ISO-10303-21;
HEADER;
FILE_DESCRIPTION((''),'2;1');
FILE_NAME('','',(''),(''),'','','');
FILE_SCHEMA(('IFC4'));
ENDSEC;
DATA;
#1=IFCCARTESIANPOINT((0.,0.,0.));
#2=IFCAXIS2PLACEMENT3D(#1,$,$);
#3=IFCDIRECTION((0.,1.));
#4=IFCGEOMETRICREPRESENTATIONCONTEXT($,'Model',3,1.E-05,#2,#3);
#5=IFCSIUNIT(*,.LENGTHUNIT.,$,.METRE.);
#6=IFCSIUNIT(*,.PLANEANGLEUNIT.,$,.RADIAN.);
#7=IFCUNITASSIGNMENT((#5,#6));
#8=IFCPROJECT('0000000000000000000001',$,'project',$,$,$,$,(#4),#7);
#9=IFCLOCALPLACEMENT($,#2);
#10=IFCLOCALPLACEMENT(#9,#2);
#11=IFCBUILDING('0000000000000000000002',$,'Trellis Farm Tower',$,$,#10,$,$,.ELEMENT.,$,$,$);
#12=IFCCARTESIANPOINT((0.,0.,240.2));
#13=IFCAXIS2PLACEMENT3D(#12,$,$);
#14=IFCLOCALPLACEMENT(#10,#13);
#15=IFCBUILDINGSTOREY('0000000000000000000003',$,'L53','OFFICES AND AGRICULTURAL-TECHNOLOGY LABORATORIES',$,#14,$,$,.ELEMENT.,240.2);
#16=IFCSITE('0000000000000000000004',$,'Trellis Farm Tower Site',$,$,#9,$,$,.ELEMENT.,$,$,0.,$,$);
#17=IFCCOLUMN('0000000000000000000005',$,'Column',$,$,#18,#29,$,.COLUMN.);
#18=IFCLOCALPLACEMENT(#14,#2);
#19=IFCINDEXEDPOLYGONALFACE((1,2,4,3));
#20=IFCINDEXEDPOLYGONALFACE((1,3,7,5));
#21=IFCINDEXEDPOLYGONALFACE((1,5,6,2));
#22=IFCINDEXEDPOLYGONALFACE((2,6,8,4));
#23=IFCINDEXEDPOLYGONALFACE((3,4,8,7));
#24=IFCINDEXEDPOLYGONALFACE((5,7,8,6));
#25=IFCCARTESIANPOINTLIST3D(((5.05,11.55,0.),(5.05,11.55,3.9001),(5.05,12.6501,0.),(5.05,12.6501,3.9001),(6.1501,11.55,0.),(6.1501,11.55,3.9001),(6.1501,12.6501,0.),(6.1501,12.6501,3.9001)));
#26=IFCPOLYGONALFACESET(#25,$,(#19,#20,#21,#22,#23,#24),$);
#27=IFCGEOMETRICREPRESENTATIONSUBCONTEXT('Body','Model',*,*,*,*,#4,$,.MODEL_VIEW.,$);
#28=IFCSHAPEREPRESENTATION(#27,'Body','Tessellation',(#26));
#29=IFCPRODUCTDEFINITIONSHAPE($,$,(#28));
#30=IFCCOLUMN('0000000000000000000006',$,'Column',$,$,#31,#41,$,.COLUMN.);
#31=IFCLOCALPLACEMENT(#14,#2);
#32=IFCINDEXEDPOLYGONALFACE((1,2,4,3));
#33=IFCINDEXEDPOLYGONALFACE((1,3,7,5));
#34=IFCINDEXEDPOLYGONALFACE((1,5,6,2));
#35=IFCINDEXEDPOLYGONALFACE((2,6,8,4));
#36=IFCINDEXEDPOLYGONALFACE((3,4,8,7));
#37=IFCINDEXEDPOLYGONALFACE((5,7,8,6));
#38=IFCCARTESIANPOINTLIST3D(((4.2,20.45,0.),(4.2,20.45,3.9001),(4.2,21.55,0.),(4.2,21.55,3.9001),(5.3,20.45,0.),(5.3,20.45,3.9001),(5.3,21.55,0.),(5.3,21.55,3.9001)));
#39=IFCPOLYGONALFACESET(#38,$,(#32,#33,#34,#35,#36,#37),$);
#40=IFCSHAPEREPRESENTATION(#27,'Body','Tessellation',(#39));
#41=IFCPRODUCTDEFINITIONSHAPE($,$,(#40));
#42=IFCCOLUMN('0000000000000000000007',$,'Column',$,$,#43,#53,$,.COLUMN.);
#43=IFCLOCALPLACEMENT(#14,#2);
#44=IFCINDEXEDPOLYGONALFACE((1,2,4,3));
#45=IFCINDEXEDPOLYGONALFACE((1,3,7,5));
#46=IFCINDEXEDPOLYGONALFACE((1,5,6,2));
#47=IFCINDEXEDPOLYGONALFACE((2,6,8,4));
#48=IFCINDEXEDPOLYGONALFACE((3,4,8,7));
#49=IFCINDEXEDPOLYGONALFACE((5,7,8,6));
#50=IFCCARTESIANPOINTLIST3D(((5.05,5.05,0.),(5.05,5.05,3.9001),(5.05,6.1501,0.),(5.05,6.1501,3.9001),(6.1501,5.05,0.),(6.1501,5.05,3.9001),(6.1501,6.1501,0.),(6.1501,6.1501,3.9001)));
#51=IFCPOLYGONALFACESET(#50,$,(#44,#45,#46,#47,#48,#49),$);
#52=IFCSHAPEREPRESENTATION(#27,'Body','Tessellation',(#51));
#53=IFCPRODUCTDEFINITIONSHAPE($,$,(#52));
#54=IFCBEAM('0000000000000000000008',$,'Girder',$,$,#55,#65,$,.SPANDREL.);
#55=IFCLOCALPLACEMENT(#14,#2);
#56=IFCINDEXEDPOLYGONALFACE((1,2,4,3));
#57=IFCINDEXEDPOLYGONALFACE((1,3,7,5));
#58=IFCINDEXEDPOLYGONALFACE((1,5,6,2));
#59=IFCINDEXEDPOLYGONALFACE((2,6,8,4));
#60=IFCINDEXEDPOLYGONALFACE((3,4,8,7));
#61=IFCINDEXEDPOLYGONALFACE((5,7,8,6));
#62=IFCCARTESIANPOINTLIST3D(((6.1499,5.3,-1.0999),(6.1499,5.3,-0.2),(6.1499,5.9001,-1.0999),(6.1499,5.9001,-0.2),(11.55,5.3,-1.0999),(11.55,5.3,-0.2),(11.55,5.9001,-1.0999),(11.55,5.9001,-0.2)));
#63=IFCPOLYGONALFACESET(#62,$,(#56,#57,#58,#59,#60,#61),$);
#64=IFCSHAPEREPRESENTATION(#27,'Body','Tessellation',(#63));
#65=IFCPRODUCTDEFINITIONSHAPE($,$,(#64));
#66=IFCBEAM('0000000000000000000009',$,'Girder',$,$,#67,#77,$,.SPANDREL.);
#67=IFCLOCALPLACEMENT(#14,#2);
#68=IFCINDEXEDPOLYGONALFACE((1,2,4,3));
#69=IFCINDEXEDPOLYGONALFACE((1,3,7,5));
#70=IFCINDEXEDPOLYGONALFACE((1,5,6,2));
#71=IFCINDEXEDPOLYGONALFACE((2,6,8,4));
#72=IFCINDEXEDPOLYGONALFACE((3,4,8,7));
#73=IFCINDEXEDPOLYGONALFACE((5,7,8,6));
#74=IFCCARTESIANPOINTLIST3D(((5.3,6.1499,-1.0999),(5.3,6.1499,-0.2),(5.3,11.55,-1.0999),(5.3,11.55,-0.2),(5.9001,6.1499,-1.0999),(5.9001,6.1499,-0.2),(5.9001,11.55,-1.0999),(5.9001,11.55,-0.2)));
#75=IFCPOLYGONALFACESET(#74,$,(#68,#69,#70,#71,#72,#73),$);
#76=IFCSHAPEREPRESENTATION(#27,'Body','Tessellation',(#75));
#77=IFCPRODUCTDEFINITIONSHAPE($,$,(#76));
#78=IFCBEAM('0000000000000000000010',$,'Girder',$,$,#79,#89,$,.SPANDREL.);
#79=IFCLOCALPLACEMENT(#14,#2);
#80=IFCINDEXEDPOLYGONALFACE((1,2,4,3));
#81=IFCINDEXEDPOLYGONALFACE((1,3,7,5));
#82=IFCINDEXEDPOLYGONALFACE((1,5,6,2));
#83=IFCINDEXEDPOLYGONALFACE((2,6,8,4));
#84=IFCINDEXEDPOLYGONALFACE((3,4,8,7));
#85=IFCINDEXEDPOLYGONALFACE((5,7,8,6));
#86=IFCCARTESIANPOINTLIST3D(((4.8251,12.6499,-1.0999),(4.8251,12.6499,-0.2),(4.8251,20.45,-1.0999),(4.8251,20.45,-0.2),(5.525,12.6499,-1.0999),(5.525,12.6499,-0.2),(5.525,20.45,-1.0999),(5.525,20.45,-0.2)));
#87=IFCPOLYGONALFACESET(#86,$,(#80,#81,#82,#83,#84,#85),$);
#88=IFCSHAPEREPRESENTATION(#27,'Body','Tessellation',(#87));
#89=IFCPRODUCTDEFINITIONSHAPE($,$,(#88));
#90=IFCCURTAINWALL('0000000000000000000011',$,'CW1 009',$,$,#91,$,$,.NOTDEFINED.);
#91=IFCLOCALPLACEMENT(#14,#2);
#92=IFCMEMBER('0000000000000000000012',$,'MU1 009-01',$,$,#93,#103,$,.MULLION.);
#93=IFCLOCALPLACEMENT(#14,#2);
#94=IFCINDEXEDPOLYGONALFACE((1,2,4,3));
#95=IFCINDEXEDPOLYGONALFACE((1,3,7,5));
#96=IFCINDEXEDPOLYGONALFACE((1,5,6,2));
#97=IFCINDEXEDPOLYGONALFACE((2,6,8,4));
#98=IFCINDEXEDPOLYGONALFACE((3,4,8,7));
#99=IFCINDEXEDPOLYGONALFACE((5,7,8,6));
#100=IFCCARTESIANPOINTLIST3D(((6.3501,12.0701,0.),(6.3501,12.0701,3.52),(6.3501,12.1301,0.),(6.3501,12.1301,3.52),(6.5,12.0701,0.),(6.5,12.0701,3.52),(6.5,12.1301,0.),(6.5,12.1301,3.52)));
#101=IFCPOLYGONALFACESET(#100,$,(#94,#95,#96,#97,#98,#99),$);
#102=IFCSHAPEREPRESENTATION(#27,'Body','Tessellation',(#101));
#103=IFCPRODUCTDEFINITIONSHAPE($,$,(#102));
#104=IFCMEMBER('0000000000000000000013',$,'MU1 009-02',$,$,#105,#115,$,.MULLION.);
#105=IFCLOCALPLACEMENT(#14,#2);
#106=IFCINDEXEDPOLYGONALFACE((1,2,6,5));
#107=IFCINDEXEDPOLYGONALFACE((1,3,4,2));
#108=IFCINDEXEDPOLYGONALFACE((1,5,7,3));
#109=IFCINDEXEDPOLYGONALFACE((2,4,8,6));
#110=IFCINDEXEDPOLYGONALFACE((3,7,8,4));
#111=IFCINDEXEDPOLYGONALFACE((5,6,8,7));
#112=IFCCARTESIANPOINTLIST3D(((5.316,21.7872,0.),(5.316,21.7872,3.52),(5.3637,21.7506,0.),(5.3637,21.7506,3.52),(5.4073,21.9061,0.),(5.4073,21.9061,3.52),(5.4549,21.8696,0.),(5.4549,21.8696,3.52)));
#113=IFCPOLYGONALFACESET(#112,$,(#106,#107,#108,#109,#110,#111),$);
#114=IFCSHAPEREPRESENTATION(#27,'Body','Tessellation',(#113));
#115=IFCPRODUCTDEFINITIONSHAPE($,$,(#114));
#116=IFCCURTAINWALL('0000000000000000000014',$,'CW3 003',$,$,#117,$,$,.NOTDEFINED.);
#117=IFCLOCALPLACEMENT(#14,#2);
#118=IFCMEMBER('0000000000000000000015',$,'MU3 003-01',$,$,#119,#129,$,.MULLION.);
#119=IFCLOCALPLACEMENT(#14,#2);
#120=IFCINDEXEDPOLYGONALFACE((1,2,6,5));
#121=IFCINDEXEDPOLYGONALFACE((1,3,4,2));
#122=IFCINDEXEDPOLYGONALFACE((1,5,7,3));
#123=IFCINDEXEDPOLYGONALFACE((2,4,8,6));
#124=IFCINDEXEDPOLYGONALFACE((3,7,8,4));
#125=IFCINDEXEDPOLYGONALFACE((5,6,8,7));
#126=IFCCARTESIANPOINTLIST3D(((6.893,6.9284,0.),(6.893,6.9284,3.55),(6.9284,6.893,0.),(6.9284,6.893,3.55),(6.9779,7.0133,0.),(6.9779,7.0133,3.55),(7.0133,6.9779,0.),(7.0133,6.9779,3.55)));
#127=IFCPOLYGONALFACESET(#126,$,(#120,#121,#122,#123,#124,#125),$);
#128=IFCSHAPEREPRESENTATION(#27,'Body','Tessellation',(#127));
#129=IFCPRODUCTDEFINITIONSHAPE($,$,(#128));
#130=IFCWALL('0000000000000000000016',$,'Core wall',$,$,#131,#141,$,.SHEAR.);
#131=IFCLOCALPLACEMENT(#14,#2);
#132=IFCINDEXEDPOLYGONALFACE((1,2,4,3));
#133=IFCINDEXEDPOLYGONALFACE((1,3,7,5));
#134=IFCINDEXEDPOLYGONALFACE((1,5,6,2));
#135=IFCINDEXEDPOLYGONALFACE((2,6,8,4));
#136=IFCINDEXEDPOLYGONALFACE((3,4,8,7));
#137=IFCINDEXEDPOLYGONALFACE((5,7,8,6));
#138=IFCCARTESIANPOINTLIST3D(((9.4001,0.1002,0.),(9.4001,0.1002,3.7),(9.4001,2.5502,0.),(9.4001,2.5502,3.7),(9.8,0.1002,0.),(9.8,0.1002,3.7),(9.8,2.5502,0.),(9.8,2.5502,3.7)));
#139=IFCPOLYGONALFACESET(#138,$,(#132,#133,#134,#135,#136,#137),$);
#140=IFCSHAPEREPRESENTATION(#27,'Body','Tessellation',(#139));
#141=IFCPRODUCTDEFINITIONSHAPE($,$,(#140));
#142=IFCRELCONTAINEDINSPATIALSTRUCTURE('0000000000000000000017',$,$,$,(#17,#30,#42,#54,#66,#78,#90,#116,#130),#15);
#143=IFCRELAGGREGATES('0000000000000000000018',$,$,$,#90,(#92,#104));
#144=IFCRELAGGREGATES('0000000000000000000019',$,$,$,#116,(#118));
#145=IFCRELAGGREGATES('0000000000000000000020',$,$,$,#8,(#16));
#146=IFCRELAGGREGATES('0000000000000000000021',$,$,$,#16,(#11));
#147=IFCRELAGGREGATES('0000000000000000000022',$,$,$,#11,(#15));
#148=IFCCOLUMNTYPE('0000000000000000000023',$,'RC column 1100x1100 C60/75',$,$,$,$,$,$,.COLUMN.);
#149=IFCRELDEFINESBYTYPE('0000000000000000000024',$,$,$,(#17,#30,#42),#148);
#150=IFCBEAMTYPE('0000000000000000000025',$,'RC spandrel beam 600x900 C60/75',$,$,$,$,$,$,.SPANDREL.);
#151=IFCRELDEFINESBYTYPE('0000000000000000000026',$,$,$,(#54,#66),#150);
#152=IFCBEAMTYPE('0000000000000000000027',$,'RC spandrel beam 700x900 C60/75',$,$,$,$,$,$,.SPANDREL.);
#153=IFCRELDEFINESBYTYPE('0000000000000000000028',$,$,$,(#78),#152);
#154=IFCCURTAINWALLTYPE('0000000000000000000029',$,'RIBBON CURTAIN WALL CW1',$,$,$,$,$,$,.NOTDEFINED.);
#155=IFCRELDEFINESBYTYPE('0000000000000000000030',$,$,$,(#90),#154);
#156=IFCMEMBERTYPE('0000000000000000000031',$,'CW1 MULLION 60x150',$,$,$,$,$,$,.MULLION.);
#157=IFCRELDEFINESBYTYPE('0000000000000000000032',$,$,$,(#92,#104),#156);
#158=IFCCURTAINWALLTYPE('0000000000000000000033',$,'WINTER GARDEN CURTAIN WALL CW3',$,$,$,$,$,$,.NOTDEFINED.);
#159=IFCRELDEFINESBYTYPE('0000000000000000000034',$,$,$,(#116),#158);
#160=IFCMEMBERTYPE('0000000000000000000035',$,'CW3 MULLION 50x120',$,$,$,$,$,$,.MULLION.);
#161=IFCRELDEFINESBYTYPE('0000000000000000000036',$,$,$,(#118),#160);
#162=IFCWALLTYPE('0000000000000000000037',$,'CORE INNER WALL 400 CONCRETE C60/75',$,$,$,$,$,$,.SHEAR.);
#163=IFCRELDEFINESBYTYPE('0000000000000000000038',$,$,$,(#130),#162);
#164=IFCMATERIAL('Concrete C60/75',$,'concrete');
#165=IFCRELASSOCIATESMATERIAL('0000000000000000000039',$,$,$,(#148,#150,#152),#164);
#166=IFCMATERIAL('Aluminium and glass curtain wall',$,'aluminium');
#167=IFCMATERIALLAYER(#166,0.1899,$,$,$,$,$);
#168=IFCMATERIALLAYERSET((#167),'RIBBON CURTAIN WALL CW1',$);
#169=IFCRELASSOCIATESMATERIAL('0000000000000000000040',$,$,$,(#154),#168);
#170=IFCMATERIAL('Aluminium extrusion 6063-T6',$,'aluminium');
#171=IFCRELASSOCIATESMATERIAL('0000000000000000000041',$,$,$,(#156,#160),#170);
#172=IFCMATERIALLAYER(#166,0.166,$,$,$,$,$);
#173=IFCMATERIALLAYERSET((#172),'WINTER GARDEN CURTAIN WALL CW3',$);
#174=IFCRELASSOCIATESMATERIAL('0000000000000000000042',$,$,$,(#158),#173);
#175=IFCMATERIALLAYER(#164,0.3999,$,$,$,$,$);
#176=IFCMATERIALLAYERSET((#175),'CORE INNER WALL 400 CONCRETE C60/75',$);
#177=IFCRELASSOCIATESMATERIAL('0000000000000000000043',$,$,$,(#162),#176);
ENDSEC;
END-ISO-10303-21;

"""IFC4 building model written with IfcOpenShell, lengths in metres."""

from ifc_helpers import new_model, si_unit, direction, frame, frame_2d, origin, origin_2d, place, context, subcontext, project, spatial, rectangle, extrude, source, transform, mapped, material, layer, layer_set, material_profile, profile_set, type_object, element, aggregate, save


model = new_model("IFC4")

# Units and contexts
model_context = context("Model", 3, precision=1e-05, world=origin(), true_north=direction((0.0, 1.0)))
body_context = subcontext(model_context, "Body", "Model", "MODEL_VIEW")
ifc_project = project(units=[si_unit("LENGTHUNIT", "METRE"), si_unit("PLANEANGLEUNIT", "RADIAN")], contexts=[model_context])

# Site, building, storey
site_placement = place(None, origin())
site = spatial("IfcSite", under=ifc_project, at=site_placement, Name="Trellis Farm Tower Site", CompositionType="ELEMENT", RefElevation=0.0)
building_placement = place(site_placement, origin())
building = spatial("IfcBuilding", under=site, at=building_placement, Name="Trellis Farm Tower", CompositionType="ELEMENT")
storey_placement = place(building_placement, frame((0.0, 0.0, 240.2)))
storey = spatial("IfcBuildingStorey", under=building, at=storey_placement, Name="L53", Description="OFFICES AND AGRICULTURAL-TECHNOLOGY LABORATORIES", CompositionType="ELEMENT", Elevation=240.2)

# Columns
ifc_material_1 = material(Name="Concrete C60/75", Category="concrete")
ifc_material_profile_1 = material_profile(ifc_material_1, rectangle(XDim=1.1001, YDim=1.1001, at=origin_2d()), Name="RC column 1100x1100 C60/75")
ifc_profile_set_1 = profile_set([ifc_material_profile_1], Name="Concrete C60/75")
column_type = type_object("IfcColumnType", Name="RC column 1100x1100 C60/75", PredefinedType="COLUMN", material=ifc_profile_set_1)
shared_shape_1 = source(origin(), body_context, "Body", "SweptSolid", [
    extrude(rectangle(XDim=1.1001, YDim=1.1001, at=origin_2d()), origin(), (0.0, 0.0, 1.0), 3.9001),
])
for number, where, z_axis, x_axis, name in (
    (1, (5.6001, 12.1001, 0.0), (0.0, 0.0, 1.0), (1.0, 0.0, 0.0), "Column"),
    (2, (4.75, 21.0, 0.0), (0.0, 0.0, 1.0), (1.0, 0.0, 0.0), "Column"),
    (3, (5.6001, 5.6001, 0.0), (0.0, 0.0, 1.0), (1.0, 0.0, 0.0), "Column"),
):
    element("IfcColumn", number, at=place(storey_placement, frame(where, z_axis=z_axis, x_axis=x_axis)), inside=storey, type_object=column_type, Name=name, PredefinedType="COLUMN", context=body_context, shape_type="MappedRepresentation", body=[
        mapped(shared_shape_1, transform((0.0, 0.0, 0.0))),
    ])

# Beams
ifc_material_profile_2 = material_profile(ifc_material_1, rectangle(XDim=0.6001, YDim=0.8999, at=origin_2d()), Name="RC spandrel beam 600x900 C60/75")
ifc_profile_set_2 = profile_set([ifc_material_profile_2], Name="Concrete C60/75")
beam_type_1 = type_object("IfcBeamType", Name="RC spandrel beam 600x900 C60/75", PredefinedType="SPANDREL", material=ifc_profile_set_2)
shared_shape_2 = source(origin(), body_context, "Body", "SweptSolid", [
    extrude(rectangle(XDim=0.6001, YDim=0.8999, at=origin_2d()), origin(), (0.0, 0.0, 1.0), 5.4001),
])
for number, where, z_axis, x_axis, name in (
    (4, (6.1499, 5.6001, -0.6499), (1.0, 0.0, 0.0), (0.0, 1.0, 0.0), "Girder"),
    (5, (5.6001, 6.1499, -0.6499), (0.0, 1.0, 0.0), (-1.0, 0.0, 0.0), "Girder"),
):
    element("IfcBeam", number, at=place(storey_placement, frame(where, z_axis=z_axis, x_axis=x_axis)), inside=storey, type_object=beam_type_1, Name=name, PredefinedType="SPANDREL", context=body_context, shape_type="MappedRepresentation", body=[
        mapped(shared_shape_2, transform((0.0, 0.0, 0.0))),
    ])
ifc_material_profile_3 = material_profile(ifc_material_1, rectangle(XDim=0.7, YDim=0.8999, at=origin_2d()), Name="RC spandrel beam 700x900 C60/75")
ifc_profile_set_3 = profile_set([ifc_material_profile_3], Name="Concrete C60/75")
beam_type_2 = type_object("IfcBeamType", Name="RC spandrel beam 700x900 C60/75", PredefinedType="SPANDREL", material=ifc_profile_set_3)
shared_shape_3 = source(origin(), body_context, "Body", "SweptSolid", [
    extrude(rectangle(XDim=0.7, YDim=0.8999, at=origin_2d()), origin(), (0.0, 0.0, 1.0), 7.8),
])
beam_placement = place(storey_placement, frame((5.175, 12.6499, -0.6499), z_axis=(0.0, 1.0, 0.0), x_axis=(-1.0, 0.0, 0.0)))
element("IfcBeam", 6, at=beam_placement, inside=storey, type_object=beam_type_2, Name="Girder", PredefinedType="SPANDREL", context=body_context, shape_type="MappedRepresentation", body=[
    mapped(shared_shape_3, transform((0.0, 0.0, 0.0))),
])

# Curtain wall, members
ifc_material_2 = material(Name="Aluminium and glass curtain wall", Category="aluminium")
ifc_layer_1 = layer(ifc_material_2, 0.1899)
ifc_layer_set_1 = layer_set([ifc_layer_1], Name="RIBBON CURTAIN WALL CW1")
curtain_wall_type_1 = type_object("IfcCurtainWallType", Name="RIBBON CURTAIN WALL CW1", PredefinedType="NOTDEFINED", material=ifc_layer_set_1)
placement = place(storey_placement, origin())
curtain_wall_1 = element("IfcCurtainWall", 7, at=placement, inside=storey, type_object=curtain_wall_type_1, Name="CW1 009", PredefinedType="NOTDEFINED")
ifc_material_3 = material(Name="Aluminium extrusion 6063-T6", Category="aluminium")
ifc_material_profile_4 = material_profile(ifc_material_3, rectangle(XDim=0.0601, YDim=0.1499, at=origin_2d()), Name="MULLION 60x150")
ifc_profile_set_4 = profile_set([ifc_material_profile_4], Name="Aluminium extrusion 6063-T6")
member_type_1 = type_object("IfcMemberType", Name="CW1 MULLION 60x150", PredefinedType="MULLION", material=ifc_profile_set_4)
shared_shape_4 = source(origin(), body_context, "Body", "SweptSolid", [
    extrude(rectangle(XDim=0.0601, YDim=0.1499, at=origin_2d()), origin(), (0.0, 0.0, 1.0), 3.52),
])
member_1_placement = place(storey_placement, frame((6.425, 12.1001, 0.0), z_axis=(0.0, 0.0, 1.0), x_axis=(0.0, 1.0, 0.0)))
member_1 = element("IfcMember", 8, at=member_1_placement, type_object=member_type_1, Name="MU1 009-01", PredefinedType="MULLION", context=body_context, shape_type="MappedRepresentation", body=[
    mapped(shared_shape_4, transform((0.0, 0.0, 0.0))),
])
member_2_placement = place(storey_placement, frame((5.3855, 21.8284, 0.0), z_axis=(0.0, 0.0, 1.0), x_axis=(-0.793353, 0.608761, 0.0)))
member_2 = element("IfcMember", 9, at=member_2_placement, type_object=member_type_1, Name="MU1 009-02", PredefinedType="MULLION", context=body_context, shape_type="MappedRepresentation", body=[
    mapped(shared_shape_4, transform((0.0, 0.0, 0.0))),
])
aggregate(curtain_wall_1, [member_1, member_2])

# Curtain wall, member
ifc_layer_2 = layer(ifc_material_2, 0.166)
ifc_layer_set_2 = layer_set([ifc_layer_2], Name="WINTER GARDEN CURTAIN WALL CW3")
curtain_wall_type_2 = type_object("IfcCurtainWallType", Name="WINTER GARDEN CURTAIN WALL CW3", PredefinedType="NOTDEFINED", material=ifc_layer_set_2)
curtain_wall_2 = element("IfcCurtainWall", 10, at=placement, inside=storey, type_object=curtain_wall_type_2, Name="CW3 003", PredefinedType="NOTDEFINED")
ifc_material_profile_5 = material_profile(ifc_material_3, rectangle(XDim=0.05, YDim=0.1201, at=origin_2d()), Name="MULLION 50x120")
ifc_profile_set_5 = profile_set([ifc_material_profile_5], Name="Aluminium extrusion 6063-T6")
member_type_2 = type_object("IfcMemberType", Name="CW3 MULLION 50x120", PredefinedType="MULLION", material=ifc_profile_set_5)
shared_shape_5 = source(origin(), body_context, "Body", "SweptSolid", [
    extrude(rectangle(XDim=0.05, YDim=0.1201, at=origin_2d()), origin(), (0.0, 0.0, 1.0), 3.55),
])
member_3_placement = place(storey_placement, frame((6.9531, 6.9531, 0.0), z_axis=(0.0, 0.0, 1.0), x_axis=(-0.707107, 0.707107, 0.0)))
member_3 = element("IfcMember", 11, at=member_3_placement, type_object=member_type_2, Name="MU3 003-01", PredefinedType="MULLION", context=body_context, shape_type="MappedRepresentation", body=[
    mapped(shared_shape_5, transform((0.0, 0.0, 0.0))),
])
aggregate(curtain_wall_2, [member_3])

# Wall
ifc_layer_3 = layer(ifc_material_1, 0.3999)
ifc_layer_set_3 = layer_set([ifc_layer_3], Name="CORE INNER WALL 400 CONCRETE C60/75")
wall_type_1 = type_object("IfcWallType", Name="CORE INNER WALL 400 CONCRETE C60/75", PredefinedType="SHEAR", material=ifc_layer_set_3)
shared_shape_6 = source(origin(), body_context, "Body", "SweptSolid", [
    extrude(rectangle(XDim=2.45, YDim=0.3999, at=frame_2d((1.2251, 0.0))), origin(), (0.0, 0.0, 1.0), 3.7),
])
wall_1_placement = place(storey_placement, frame((9.6001, 0.1001, 0.0), z_axis=(0.0, 0.0, 1.0), x_axis=(0.0, 1.0, 0.0)))
element("IfcWall", 12, at=wall_1_placement, inside=storey, type_object=wall_type_1, Name="Core wall", PredefinedType="SHEAR", context=body_context, shape_type="MappedRepresentation", body=[
    mapped(shared_shape_6, transform((0.0, 0.0, 0.0))),
])

save(model, "model.ifc")
